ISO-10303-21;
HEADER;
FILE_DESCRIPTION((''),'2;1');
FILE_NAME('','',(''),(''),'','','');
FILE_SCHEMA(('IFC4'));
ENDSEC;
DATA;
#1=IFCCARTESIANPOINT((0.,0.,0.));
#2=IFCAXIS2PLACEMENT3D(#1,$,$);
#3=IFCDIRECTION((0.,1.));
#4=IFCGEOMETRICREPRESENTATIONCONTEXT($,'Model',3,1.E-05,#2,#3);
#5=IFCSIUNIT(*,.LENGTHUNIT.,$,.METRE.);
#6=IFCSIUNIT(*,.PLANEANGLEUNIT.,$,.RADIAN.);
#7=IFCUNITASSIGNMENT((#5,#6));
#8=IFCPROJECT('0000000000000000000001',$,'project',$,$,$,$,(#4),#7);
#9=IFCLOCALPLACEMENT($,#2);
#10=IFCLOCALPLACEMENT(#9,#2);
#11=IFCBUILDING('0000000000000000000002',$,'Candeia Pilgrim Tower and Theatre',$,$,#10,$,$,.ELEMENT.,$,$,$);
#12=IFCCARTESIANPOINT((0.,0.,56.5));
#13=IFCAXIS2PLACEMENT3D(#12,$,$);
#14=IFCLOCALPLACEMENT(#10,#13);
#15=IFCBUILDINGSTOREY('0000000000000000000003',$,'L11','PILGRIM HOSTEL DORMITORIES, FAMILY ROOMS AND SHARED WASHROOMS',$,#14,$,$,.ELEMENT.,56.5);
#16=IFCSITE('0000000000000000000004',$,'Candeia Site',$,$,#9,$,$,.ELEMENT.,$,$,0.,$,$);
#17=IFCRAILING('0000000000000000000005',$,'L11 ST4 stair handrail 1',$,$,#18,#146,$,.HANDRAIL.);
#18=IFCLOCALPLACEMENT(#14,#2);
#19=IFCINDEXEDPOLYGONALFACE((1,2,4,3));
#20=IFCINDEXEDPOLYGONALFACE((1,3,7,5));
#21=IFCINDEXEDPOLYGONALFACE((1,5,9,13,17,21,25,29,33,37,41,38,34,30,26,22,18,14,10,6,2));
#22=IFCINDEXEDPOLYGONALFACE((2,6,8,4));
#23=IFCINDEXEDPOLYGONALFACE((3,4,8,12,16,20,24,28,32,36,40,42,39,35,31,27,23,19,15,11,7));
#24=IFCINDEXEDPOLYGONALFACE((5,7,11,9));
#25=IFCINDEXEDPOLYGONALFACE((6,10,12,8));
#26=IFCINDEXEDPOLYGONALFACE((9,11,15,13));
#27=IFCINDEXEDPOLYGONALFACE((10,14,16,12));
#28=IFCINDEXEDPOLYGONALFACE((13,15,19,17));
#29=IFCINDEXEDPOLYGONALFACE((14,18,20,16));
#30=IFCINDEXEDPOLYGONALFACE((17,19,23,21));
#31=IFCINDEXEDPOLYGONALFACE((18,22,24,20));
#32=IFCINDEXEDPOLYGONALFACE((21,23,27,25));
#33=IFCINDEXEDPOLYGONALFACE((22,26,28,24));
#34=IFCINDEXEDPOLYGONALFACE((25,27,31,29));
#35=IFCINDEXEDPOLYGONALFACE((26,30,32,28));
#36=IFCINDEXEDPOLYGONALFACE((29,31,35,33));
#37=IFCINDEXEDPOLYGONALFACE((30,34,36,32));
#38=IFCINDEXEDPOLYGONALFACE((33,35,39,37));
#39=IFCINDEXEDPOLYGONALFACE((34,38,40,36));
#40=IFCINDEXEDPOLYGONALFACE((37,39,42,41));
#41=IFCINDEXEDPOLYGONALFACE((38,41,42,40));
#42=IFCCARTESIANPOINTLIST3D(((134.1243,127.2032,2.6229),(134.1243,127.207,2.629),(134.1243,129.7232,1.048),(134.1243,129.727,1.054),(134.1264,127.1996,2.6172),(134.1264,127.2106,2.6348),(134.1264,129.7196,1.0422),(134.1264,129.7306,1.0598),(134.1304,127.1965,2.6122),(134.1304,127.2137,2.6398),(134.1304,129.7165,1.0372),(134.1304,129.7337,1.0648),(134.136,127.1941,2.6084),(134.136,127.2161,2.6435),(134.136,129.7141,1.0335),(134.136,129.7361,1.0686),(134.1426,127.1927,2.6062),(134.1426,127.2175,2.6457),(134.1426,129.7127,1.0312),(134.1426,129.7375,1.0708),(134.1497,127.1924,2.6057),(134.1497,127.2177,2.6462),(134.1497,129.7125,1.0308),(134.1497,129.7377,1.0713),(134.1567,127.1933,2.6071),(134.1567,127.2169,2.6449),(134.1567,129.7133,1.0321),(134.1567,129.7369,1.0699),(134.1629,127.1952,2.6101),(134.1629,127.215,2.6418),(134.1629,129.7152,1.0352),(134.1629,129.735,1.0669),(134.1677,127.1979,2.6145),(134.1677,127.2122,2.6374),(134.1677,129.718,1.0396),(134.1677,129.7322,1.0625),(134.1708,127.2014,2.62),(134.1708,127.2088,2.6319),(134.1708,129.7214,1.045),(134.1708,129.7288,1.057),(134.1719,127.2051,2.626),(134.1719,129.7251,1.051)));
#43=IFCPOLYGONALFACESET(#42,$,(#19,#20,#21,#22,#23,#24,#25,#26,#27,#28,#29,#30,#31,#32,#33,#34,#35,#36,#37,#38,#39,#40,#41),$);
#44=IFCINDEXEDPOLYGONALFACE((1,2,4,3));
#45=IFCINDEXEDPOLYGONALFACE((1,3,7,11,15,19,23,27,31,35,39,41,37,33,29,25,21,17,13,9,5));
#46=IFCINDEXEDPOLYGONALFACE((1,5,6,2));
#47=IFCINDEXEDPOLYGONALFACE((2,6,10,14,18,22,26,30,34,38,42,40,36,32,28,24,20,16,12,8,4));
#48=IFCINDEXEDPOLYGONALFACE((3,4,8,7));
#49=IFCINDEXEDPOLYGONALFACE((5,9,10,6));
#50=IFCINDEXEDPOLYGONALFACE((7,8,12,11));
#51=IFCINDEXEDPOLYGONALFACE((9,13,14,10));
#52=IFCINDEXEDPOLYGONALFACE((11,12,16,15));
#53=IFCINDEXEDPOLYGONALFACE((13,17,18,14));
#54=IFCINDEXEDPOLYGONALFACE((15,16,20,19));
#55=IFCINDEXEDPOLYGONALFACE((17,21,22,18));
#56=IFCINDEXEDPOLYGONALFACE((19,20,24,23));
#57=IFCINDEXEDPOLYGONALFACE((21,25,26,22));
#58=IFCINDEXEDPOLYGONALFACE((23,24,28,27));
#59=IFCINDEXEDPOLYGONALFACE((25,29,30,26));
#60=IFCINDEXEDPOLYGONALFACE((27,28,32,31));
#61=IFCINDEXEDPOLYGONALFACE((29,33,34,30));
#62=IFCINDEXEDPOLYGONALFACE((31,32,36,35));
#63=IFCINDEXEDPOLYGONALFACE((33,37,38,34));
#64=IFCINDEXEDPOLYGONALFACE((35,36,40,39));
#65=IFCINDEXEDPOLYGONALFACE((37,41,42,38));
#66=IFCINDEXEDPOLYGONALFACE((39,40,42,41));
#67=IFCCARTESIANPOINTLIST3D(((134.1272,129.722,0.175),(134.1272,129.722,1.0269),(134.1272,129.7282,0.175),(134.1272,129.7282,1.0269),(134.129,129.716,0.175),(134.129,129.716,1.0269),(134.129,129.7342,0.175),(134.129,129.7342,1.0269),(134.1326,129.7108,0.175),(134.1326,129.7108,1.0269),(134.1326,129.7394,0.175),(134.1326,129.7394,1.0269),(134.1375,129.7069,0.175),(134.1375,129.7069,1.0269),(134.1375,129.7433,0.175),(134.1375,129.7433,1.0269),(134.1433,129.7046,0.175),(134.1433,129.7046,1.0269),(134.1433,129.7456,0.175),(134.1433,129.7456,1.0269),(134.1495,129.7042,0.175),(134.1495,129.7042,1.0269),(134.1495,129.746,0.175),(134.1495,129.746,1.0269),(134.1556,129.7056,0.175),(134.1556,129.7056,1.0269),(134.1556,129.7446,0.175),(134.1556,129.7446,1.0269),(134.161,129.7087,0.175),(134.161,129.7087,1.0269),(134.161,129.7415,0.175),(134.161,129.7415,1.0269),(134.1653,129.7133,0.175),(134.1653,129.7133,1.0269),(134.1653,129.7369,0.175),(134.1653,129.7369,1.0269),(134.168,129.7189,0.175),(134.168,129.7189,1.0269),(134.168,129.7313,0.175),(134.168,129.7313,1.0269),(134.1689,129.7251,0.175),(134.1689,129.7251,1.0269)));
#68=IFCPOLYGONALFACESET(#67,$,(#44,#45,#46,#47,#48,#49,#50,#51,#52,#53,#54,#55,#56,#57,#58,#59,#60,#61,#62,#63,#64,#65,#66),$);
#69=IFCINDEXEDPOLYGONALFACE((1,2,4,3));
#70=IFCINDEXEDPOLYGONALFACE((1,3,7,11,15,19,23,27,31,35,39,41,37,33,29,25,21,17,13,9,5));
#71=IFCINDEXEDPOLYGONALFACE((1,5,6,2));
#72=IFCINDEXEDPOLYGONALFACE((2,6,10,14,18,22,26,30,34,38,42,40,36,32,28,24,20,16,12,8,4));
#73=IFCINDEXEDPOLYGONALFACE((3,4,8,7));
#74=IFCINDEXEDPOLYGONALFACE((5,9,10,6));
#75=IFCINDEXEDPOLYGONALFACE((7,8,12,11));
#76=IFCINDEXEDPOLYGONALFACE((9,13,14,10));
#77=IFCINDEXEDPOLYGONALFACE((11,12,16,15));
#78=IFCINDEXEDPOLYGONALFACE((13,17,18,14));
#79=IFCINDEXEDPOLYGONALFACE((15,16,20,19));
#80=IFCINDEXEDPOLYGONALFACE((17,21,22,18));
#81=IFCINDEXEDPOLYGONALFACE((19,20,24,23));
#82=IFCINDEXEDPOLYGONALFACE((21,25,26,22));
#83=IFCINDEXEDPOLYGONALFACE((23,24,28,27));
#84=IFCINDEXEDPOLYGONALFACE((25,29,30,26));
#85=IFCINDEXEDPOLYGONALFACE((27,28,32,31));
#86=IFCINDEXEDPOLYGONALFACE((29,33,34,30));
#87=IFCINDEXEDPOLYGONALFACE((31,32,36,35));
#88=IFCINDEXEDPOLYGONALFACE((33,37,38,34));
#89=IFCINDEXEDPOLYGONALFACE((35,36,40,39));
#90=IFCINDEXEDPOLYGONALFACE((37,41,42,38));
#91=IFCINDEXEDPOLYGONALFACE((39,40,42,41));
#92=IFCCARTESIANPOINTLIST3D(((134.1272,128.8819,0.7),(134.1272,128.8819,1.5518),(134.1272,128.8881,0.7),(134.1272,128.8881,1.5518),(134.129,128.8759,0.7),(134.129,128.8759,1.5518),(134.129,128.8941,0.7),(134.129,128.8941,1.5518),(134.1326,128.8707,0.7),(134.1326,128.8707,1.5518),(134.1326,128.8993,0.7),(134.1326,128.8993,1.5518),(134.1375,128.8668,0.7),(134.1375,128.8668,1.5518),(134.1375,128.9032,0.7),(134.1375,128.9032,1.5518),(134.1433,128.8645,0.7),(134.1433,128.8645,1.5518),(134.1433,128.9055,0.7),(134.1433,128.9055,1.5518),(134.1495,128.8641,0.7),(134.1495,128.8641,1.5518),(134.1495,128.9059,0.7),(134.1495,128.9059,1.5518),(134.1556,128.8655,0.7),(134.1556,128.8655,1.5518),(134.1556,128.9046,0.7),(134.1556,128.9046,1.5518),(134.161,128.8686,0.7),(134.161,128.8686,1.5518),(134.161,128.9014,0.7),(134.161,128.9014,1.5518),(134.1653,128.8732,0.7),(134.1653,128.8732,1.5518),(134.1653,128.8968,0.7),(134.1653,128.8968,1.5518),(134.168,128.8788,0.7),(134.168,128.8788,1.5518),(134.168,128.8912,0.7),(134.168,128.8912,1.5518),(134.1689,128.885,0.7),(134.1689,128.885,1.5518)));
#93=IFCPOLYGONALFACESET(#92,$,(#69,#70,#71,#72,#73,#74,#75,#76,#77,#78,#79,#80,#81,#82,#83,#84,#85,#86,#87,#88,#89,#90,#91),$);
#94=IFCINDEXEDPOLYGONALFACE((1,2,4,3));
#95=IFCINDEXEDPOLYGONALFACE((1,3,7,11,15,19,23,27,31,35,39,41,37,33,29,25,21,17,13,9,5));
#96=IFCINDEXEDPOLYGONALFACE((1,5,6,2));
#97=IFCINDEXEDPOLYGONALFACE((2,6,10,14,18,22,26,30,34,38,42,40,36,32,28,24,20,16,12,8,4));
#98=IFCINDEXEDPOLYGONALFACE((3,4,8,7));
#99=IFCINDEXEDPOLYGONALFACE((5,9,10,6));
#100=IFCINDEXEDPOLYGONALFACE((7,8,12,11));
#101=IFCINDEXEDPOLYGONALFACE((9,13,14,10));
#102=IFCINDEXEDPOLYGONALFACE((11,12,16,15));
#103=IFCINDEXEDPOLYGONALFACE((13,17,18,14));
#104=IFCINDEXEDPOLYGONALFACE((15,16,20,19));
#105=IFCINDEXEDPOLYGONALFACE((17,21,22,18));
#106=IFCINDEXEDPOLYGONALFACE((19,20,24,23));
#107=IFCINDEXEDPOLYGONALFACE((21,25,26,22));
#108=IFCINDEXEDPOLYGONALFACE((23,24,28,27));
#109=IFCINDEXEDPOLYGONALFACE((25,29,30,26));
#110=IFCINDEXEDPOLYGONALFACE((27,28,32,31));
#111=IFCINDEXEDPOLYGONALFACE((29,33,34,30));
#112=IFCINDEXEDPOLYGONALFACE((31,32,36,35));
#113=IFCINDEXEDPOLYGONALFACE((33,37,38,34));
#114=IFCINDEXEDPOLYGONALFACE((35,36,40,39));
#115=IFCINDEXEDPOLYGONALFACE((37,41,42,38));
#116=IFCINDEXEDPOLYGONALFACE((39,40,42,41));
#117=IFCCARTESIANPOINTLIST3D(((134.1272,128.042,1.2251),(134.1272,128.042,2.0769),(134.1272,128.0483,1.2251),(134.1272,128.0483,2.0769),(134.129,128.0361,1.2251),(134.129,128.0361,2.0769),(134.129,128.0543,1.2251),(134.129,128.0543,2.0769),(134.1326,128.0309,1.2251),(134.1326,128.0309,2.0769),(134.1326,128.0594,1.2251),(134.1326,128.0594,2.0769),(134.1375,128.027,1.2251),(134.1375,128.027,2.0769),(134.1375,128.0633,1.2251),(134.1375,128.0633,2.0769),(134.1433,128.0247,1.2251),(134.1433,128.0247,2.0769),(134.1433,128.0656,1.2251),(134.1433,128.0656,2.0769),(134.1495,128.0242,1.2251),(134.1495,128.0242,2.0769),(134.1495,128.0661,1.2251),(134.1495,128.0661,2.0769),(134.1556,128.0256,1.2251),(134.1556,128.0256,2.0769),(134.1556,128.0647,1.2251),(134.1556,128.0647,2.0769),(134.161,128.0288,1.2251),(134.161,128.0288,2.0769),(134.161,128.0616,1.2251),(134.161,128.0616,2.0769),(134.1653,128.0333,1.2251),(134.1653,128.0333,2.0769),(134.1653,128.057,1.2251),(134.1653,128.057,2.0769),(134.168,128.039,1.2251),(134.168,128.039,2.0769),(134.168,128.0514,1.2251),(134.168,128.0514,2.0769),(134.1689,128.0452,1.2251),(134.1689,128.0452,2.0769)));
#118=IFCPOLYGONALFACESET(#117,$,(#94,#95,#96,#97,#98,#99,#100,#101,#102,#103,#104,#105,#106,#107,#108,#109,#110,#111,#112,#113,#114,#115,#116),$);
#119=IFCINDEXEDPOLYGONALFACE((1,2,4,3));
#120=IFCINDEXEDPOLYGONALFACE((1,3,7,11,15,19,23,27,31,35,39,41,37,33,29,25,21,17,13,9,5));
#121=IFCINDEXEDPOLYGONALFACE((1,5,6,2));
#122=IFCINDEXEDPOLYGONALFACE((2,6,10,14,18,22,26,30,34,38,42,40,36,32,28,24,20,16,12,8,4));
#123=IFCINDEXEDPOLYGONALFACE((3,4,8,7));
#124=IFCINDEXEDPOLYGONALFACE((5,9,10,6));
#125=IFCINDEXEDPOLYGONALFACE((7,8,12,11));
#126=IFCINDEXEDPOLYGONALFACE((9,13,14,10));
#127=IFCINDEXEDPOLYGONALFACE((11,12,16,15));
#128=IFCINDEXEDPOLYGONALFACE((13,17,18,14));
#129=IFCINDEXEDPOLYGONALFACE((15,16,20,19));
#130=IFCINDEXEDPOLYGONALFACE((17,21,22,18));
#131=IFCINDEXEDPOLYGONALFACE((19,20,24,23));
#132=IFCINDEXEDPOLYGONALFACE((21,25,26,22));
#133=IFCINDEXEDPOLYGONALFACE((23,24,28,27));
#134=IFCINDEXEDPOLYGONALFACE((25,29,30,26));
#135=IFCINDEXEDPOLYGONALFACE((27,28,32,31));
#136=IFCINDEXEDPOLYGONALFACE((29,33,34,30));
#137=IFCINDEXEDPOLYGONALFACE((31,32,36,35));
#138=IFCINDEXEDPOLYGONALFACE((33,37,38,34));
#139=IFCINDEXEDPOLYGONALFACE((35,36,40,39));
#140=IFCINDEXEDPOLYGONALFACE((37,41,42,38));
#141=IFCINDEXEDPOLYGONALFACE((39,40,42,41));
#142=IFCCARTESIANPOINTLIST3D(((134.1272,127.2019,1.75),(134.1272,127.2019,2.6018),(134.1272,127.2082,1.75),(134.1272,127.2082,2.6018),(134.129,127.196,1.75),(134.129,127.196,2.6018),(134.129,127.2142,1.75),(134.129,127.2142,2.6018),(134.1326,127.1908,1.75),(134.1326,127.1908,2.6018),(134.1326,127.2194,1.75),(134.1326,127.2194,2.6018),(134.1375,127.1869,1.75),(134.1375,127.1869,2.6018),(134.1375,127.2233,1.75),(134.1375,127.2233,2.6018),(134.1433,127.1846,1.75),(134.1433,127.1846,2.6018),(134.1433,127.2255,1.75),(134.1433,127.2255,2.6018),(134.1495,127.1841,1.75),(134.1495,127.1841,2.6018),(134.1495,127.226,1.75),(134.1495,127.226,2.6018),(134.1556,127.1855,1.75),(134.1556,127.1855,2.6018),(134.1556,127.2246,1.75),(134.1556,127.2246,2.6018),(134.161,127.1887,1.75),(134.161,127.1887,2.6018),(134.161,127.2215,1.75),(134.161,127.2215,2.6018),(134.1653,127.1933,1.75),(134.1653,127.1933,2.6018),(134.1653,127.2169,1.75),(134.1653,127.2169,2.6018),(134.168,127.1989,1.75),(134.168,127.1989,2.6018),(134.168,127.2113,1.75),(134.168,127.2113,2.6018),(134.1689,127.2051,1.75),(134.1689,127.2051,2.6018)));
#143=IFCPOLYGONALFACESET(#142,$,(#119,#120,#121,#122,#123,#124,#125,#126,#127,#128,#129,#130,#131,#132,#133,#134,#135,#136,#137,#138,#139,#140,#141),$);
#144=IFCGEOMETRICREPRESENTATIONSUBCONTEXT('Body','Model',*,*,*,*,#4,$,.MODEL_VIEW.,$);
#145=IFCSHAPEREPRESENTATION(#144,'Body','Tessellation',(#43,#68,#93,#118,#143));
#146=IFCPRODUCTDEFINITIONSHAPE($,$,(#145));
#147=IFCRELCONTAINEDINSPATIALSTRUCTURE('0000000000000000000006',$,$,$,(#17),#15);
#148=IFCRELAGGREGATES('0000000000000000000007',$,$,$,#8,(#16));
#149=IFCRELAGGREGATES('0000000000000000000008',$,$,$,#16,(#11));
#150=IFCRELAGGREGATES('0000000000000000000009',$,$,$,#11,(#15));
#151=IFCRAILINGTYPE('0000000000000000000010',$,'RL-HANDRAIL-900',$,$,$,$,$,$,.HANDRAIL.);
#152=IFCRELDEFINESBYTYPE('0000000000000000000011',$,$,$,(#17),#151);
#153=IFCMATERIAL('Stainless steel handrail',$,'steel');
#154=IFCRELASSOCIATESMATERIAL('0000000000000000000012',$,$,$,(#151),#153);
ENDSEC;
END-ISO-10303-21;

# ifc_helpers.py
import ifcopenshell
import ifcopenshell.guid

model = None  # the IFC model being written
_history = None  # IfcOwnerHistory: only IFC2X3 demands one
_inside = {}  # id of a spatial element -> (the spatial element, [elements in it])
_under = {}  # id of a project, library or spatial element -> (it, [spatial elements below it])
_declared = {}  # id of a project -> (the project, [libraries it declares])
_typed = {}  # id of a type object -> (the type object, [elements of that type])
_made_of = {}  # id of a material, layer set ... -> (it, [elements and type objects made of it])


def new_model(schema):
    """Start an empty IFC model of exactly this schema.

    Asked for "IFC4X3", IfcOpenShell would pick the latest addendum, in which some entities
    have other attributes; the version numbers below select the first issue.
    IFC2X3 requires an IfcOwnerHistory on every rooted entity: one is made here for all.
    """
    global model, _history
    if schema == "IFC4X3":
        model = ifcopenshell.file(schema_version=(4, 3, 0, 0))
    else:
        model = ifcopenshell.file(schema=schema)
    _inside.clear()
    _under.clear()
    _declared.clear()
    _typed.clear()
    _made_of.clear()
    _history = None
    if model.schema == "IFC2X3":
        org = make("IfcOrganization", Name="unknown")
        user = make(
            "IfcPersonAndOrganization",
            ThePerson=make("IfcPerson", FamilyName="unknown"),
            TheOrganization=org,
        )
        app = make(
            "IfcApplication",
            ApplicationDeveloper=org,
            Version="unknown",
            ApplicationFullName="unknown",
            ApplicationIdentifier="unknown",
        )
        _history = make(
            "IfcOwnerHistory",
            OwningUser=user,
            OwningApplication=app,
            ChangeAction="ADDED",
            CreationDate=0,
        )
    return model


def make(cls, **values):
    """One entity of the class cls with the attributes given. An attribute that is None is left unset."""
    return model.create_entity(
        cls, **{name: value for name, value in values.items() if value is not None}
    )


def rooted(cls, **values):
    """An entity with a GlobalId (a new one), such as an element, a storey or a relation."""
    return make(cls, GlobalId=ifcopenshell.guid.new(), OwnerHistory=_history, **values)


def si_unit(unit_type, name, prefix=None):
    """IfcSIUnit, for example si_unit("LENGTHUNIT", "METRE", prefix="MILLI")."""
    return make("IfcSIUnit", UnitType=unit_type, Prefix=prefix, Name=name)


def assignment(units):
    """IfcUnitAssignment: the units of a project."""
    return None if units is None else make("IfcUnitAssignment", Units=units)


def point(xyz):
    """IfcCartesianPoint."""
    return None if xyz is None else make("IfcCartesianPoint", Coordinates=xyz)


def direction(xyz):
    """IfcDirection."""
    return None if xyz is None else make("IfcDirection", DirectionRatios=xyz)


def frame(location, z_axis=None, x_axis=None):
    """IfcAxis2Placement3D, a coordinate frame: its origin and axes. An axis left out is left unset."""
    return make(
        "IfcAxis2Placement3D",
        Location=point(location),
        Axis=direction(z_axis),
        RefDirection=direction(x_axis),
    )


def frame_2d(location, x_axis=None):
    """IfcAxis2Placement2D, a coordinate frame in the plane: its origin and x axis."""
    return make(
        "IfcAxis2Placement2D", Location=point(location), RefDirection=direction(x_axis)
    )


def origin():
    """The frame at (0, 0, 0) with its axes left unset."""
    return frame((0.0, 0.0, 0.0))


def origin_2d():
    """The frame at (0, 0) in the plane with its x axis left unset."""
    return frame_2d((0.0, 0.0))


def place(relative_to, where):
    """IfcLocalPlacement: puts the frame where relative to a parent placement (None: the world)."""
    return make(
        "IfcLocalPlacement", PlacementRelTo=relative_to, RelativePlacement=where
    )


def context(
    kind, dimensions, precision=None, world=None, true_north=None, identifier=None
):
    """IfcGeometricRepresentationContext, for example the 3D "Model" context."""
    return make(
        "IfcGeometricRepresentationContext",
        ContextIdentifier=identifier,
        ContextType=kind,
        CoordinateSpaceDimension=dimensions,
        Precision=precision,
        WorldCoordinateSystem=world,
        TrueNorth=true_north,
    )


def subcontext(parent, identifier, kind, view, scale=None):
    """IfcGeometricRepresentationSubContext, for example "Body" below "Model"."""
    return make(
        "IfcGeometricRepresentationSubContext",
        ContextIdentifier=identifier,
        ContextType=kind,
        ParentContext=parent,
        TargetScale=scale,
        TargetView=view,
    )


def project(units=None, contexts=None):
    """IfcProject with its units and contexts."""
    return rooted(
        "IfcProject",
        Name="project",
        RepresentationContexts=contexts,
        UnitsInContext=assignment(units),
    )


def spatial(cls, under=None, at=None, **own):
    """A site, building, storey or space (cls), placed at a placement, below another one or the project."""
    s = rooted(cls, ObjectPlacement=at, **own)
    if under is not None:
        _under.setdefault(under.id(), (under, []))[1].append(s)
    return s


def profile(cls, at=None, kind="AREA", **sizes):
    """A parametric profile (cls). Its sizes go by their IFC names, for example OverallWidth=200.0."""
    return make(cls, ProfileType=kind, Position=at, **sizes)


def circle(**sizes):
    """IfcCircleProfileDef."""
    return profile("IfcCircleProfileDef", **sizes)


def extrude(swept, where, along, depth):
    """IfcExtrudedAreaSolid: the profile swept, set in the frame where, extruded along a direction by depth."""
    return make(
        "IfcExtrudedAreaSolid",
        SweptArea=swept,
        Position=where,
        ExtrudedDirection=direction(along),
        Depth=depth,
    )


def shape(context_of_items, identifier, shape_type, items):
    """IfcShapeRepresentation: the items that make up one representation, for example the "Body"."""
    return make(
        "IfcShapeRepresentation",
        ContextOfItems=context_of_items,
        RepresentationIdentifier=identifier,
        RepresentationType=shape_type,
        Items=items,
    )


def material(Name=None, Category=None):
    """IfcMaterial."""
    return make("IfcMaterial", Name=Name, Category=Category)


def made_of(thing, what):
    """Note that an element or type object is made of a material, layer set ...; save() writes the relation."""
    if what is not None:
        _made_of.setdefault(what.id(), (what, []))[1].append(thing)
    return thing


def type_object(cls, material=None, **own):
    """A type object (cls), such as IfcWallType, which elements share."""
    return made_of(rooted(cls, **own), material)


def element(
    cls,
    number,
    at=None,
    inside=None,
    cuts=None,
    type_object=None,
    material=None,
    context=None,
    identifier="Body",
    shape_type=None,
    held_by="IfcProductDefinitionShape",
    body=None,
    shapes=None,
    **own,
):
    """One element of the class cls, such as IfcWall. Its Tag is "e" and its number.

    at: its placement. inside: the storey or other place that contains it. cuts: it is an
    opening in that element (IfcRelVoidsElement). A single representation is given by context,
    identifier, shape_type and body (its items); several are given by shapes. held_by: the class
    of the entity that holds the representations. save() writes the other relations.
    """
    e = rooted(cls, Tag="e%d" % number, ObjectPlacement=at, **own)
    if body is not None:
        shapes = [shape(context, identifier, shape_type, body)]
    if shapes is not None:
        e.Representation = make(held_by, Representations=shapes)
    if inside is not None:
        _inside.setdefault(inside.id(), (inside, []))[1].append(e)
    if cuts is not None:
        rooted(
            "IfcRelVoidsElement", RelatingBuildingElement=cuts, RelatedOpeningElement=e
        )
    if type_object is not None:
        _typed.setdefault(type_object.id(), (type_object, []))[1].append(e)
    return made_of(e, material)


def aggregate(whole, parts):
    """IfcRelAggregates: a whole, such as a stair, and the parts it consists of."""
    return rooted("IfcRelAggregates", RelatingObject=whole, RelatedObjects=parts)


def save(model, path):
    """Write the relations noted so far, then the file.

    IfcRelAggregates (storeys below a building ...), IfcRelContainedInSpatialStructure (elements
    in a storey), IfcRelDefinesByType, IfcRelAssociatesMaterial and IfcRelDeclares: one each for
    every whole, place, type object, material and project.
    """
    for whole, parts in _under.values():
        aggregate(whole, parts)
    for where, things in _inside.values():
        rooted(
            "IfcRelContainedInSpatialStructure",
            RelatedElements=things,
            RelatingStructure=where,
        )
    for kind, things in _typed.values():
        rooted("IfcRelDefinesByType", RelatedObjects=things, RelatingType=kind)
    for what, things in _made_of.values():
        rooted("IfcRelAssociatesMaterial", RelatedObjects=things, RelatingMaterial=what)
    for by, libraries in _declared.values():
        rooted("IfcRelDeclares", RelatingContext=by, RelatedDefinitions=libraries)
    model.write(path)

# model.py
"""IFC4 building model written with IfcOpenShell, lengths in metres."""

from ifc_helpers import new_model, si_unit, direction, frame, origin, origin_2d, place, context, subcontext, project, spatial, circle, extrude, material, type_object, element, save


model = new_model("IFC4")

# Units and contexts
model_context = context("Model", 3, precision=1e-05, world=origin(), true_north=direction((0.0, 1.0)))
body_context = subcontext(model_context, "Body", "Model", "MODEL_VIEW")
ifc_project = project(units=[si_unit("LENGTHUNIT", "METRE"), si_unit("PLANEANGLEUNIT", "RADIAN")], contexts=[model_context])

# Site, building, storey
site_placement = place(None, origin())
site = spatial("IfcSite", under=ifc_project, at=site_placement, Name="Candeia Site", CompositionType="ELEMENT", RefElevation=0.0)
building_placement = place(site_placement, origin())
building = spatial("IfcBuilding", under=site, at=building_placement, Name="Candeia Pilgrim Tower and Theatre", CompositionType="ELEMENT")
storey_placement = place(building_placement, frame((0.0, 0.0, 56.5)))
storey = spatial("IfcBuildingStorey", under=building, at=storey_placement, Name="L11", Description="PILGRIM HOSTEL DORMITORIES, FAMILY ROOMS AND SHARED WASHROOMS", CompositionType="ELEMENT", Elevation=56.5)

# Railing
ifc_material_1 = material(Name="Stainless steel handrail", Category="steel")
railing_type_1 = type_object("IfcRailingType", Name="RL-HANDRAIL-900", PredefinedType="HANDRAIL", material=ifc_material_1)
for number, where, name in (
    (1, (134.1479, 129.7251, 0.175), "L11 ST4 stair handrail 1"),
):
    element("IfcRailing", number, at=place(storey_placement, frame(where)), inside=storey, type_object=railing_type_1, Name=name, PredefinedType="HANDRAIL", context=body_context, shape_type="SweptSolid", body=[
        extrude(circle(Radius=0.0239, at=origin_2d()), frame((0.0, 0.0, 0.876), z_axis=(0.0, -0.848008, 0.529984), x_axis=(1.0, 0.0, 0.0)), (0.0, 0.0, 1.0), 2.9717),
        extrude(circle(Radius=0.021, at=origin_2d()), origin(), (0.0, 0.0, 1.0), 0.8518),
        extrude(circle(Radius=0.021, at=origin_2d()), frame((0.0, -0.8401, 0.5249)), (0.0, 0.0, 1.0), 0.8518),
        extrude(circle(Radius=0.021, at=origin_2d()), frame((0.0, -1.6799, 1.05)), (0.0, 0.0, 1.0), 0.8518),
        extrude(circle(Radius=0.021, at=origin_2d()), frame((0.0, -2.52, 1.575)), (0.0, 0.0, 1.0), 0.8518),
    ])

save(model, "model.ifc")
